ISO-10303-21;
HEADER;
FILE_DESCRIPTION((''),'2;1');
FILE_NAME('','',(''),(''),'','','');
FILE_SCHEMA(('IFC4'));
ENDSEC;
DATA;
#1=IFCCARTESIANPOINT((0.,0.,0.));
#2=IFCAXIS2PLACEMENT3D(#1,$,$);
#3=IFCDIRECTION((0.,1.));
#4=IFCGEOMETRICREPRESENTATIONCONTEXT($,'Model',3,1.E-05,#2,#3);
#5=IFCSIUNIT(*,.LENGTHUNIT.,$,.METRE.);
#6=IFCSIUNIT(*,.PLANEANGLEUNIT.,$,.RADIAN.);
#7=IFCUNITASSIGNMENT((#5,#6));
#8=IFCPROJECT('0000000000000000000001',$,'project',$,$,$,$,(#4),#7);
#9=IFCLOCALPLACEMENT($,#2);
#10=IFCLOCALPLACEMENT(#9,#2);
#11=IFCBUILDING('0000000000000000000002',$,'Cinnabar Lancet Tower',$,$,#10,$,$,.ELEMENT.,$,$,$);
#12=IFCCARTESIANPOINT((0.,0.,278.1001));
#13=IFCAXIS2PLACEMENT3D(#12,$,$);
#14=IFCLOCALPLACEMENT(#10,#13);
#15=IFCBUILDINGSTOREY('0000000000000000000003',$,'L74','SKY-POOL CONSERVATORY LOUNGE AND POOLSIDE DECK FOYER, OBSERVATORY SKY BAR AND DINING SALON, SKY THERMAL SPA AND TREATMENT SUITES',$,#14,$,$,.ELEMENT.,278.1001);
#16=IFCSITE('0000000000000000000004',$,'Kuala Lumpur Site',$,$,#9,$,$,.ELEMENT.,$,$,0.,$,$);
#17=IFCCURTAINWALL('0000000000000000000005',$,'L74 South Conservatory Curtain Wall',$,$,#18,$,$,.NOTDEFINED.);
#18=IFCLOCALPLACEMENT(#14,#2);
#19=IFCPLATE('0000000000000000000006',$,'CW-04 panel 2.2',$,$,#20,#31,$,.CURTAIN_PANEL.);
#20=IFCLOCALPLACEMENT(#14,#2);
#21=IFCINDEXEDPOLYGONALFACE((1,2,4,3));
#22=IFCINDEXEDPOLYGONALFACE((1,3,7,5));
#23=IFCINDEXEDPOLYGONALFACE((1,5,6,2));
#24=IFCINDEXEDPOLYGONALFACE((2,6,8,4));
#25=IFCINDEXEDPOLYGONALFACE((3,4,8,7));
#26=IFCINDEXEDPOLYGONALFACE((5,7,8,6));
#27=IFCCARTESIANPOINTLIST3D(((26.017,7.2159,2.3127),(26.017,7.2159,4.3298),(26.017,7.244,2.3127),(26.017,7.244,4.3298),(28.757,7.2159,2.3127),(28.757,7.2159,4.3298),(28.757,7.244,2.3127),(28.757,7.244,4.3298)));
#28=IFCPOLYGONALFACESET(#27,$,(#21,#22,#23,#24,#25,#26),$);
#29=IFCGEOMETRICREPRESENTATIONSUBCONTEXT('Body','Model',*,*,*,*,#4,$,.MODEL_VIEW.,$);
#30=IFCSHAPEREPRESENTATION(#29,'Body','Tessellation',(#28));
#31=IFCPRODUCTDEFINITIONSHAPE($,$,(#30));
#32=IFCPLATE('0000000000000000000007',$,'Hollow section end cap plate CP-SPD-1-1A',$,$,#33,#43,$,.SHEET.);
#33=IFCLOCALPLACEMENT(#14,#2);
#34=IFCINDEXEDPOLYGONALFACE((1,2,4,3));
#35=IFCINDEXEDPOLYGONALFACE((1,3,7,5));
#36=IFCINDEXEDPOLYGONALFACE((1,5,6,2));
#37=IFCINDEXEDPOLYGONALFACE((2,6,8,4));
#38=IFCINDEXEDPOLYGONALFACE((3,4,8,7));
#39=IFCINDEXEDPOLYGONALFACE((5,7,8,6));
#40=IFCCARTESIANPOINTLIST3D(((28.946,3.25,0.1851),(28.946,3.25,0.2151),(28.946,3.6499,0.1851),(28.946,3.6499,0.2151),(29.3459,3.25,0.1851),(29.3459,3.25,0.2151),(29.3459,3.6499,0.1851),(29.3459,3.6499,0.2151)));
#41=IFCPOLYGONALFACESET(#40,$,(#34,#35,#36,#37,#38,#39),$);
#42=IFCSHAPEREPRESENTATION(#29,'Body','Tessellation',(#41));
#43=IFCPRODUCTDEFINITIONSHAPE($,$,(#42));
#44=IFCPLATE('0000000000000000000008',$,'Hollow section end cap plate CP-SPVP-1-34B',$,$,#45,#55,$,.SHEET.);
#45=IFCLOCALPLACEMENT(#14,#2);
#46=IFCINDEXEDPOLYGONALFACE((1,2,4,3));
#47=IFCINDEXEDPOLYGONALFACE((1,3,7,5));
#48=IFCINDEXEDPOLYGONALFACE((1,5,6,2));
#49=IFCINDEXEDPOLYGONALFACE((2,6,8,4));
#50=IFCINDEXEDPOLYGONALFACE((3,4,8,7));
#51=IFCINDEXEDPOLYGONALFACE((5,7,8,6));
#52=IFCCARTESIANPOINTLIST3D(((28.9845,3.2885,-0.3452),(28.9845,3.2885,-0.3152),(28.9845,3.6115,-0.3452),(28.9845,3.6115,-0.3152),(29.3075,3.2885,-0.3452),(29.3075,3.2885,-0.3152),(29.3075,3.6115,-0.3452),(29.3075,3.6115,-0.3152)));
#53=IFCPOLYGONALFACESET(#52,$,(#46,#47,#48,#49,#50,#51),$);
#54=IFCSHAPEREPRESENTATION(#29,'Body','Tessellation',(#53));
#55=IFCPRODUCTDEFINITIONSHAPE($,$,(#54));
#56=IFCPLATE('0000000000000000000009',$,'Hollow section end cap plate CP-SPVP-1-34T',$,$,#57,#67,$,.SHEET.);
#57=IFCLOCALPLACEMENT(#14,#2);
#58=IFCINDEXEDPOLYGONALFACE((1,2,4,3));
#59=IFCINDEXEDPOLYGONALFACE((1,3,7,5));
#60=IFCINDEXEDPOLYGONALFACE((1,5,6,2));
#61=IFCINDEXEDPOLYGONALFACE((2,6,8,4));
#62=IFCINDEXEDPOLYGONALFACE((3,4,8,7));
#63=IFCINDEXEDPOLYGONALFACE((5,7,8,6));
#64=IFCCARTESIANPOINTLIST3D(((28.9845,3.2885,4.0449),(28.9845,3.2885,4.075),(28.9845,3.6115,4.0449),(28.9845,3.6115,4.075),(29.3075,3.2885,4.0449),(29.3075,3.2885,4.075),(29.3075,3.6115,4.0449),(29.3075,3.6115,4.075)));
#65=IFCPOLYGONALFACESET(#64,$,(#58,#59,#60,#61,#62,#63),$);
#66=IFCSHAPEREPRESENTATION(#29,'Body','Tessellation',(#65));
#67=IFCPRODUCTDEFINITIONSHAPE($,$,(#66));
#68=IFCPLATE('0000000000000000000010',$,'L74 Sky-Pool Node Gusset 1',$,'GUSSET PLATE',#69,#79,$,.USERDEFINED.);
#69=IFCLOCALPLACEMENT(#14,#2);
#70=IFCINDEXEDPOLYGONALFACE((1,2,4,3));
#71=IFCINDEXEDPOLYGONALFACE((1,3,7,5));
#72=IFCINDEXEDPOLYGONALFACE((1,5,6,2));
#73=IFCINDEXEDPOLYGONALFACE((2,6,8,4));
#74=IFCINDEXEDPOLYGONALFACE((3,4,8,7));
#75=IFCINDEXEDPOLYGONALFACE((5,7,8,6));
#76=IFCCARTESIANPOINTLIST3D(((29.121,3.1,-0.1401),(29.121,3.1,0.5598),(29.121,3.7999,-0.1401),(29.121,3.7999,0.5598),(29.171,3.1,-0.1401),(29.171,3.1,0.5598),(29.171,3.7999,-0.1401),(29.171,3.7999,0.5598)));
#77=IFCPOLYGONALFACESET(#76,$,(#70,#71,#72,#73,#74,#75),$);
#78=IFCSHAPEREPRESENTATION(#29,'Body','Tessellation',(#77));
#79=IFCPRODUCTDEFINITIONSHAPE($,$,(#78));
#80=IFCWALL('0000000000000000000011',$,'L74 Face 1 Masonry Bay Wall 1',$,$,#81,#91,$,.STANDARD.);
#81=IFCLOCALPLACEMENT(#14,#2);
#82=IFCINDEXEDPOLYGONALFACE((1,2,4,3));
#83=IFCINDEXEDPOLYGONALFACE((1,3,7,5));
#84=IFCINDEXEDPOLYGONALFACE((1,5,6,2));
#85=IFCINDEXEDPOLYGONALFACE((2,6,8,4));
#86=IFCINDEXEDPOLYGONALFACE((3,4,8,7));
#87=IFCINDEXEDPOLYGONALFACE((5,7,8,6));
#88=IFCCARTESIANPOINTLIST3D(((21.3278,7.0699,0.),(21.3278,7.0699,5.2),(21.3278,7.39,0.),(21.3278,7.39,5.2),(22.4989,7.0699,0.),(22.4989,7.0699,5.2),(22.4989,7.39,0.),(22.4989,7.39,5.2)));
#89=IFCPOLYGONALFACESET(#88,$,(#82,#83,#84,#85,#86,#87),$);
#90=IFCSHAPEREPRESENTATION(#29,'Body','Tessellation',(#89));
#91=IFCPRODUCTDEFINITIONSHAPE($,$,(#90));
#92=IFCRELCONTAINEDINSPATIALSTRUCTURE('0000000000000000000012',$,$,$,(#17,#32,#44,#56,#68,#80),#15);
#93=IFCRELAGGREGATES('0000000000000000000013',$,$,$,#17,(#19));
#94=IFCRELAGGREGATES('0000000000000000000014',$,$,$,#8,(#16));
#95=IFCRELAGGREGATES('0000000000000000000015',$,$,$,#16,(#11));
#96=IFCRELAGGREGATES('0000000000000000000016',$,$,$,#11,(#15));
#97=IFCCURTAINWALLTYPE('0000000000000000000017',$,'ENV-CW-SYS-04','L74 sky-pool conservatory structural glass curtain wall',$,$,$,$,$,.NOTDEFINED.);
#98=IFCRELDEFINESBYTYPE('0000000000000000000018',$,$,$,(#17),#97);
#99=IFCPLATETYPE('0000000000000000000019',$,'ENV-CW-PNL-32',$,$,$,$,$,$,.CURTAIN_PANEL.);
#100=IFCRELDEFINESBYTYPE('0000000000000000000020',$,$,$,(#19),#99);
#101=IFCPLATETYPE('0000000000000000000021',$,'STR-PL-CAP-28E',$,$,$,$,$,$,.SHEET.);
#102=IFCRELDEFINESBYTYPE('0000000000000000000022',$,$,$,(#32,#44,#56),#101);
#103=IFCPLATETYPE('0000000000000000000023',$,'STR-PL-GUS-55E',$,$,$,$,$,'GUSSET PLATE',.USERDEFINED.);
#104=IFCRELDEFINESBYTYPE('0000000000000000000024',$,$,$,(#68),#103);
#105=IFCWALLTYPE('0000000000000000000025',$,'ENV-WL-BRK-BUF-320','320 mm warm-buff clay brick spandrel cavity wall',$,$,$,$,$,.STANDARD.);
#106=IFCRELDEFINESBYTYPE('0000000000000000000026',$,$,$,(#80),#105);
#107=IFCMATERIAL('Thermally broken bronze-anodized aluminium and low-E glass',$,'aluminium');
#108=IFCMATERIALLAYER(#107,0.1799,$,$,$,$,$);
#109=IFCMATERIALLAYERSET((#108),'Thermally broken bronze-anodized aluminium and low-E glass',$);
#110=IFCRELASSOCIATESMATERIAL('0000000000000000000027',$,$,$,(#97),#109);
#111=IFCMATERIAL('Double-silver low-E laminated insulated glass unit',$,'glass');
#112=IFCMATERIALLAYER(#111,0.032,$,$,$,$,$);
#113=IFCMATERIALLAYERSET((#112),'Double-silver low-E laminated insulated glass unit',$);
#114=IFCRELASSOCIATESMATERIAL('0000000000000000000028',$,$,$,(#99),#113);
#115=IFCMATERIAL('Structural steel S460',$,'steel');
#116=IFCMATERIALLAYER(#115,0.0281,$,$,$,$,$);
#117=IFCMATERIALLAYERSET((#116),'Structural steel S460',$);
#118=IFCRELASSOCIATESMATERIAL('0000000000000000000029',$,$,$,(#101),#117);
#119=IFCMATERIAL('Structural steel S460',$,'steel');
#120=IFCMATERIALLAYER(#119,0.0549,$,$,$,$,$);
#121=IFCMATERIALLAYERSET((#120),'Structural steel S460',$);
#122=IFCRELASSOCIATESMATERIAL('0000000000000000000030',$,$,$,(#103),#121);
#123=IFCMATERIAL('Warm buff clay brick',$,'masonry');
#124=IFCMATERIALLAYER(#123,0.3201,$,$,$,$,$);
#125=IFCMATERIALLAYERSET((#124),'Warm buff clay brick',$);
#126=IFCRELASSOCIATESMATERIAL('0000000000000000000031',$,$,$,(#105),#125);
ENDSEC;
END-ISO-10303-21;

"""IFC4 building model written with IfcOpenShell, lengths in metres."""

from ifc_helpers import new_model, si_unit, direction, frame, frame_2d, origin, origin_2d, place, context, subcontext, project, spatial, rectangle, extrude, material, layer, layer_set, type_object, element, aggregate, save


model = new_model("IFC4")

# Units and contexts
model_context = context("Model", 3, precision=1e-05, world=origin(), true_north=direction((0.0, 1.0)))
body_context = subcontext(model_context, "Body", "Model", "MODEL_VIEW")
ifc_project = project(units=[si_unit("LENGTHUNIT", "METRE"), si_unit("PLANEANGLEUNIT", "RADIAN")], contexts=[model_context])

# Site, building, storey
site_placement = place(None, origin())
site = spatial("IfcSite", under=ifc_project, at=site_placement, Name="Kuala Lumpur Site", CompositionType="ELEMENT", RefElevation=0.0)
building_placement = place(site_placement, origin())
building = spatial("IfcBuilding", under=site, at=building_placement, Name="Cinnabar Lancet Tower", CompositionType="ELEMENT")
storey_placement = place(building_placement, frame((0.0, 0.0, 278.1001)))
storey = spatial("IfcBuildingStorey", under=building, at=storey_placement, Name="L74", Description="SKY-POOL CONSERVATORY LOUNGE AND POOLSIDE DECK FOYER, OBSERVATORY SKY BAR AND DINING SALON, SKY THERMAL SPA AND TREATMENT SUITES", CompositionType="ELEMENT", Elevation=278.1001)

# Curtain wall
ifc_material_1 = material(Name="Thermally broken bronze-anodized aluminium and low-E glass", Category="aluminium")
ifc_layer_1 = layer(ifc_material_1, 0.1799)
ifc_layer_set_1 = layer_set([ifc_layer_1], Name="Thermally broken bronze-anodized aluminium and low-E glass")
curtain_wall_type = type_object("IfcCurtainWallType", Name="ENV-CW-SYS-04", Description="L74 sky-pool conservatory structural glass curtain wall", PredefinedType="NOTDEFINED", material=ifc_layer_set_1)
curtain_wall_placement = place(storey_placement, origin())
curtain_wall = element("IfcCurtainWall", 1, at=curtain_wall_placement, inside=storey, type_object=curtain_wall_type, Name="L74 South Conservatory Curtain Wall", PredefinedType="NOTDEFINED")

# Plate
ifc_material_2 = material(Name="Double-silver low-E laminated insulated glass unit", Category="glass")
ifc_layer_2 = layer(ifc_material_2, 0.032)
ifc_layer_set_2 = layer_set([ifc_layer_2], Name="Double-silver low-E laminated insulated glass unit")
plate_type_1 = type_object("IfcPlateType", Name="ENV-CW-PNL-32", PredefinedType="CURTAIN_PANEL", material=ifc_layer_set_2)
plate_1_placement = place(storey_placement, frame((27.387, 7.23, 2.3127), z_axis=(0.0, 0.0, 1.0), x_axis=(1.0, 0.0, 0.0)))
plate_1 = element("IfcPlate", 2, at=plate_1_placement, type_object=plate_type_1, Name="CW-04 panel 2.2", PredefinedType="CURTAIN_PANEL", context=body_context, shape_type="SweptSolid", body=[
    extrude(rectangle(XDim=2.74, YDim=0.0281, at=origin_2d()), origin(), (0.0, 0.0, 1.0), 2.0171),
])
aggregate(curtain_wall, [plate_1])

# Plates
ifc_material_3 = material(Name="Structural steel S460", Category="steel")
ifc_layer_3 = layer(ifc_material_3, 0.0281)
ifc_layer_set_3 = layer_set([ifc_layer_3], Name="Structural steel S460")
plate_type_2 = type_object("IfcPlateType", Name="STR-PL-CAP-28E", PredefinedType="SHEET", material=ifc_layer_set_3)
plate_2_placement = place(storey_placement, frame((29.146, 3.45, 0.1851), z_axis=(0.0, 0.0, 1.0), x_axis=(0.0, -1.0, 0.0)))
element("IfcPlate", 3, at=plate_2_placement, inside=storey, type_object=plate_type_2, Name="Hollow section end cap plate CP-SPD-1-1A", PredefinedType="SHEET", context=body_context, shape_type="SweptSolid", body=[
    extrude(rectangle(XDim=0.3999, YDim=0.3999, at=origin_2d()), origin(), (0.0, 0.0, 1.0), 0.03),
])
for number, where, z_axis, x_axis, name in (
    (4, (29.146, 3.45, -0.3452), (0.0, 0.0, 1.0), (1.0, 0.0, 0.0), "Hollow section end cap plate CP-SPVP-1-34B"),
    (5, (29.146, 3.45, 4.0449), (0.0, 0.0, 1.0), (1.0, 0.0, 0.0), "Hollow section end cap plate CP-SPVP-1-34T"),
):
    element("IfcPlate", number, at=place(storey_placement, frame(where, z_axis=z_axis, x_axis=x_axis)), inside=storey, type_object=plate_type_2, Name=name, PredefinedType="SHEET", context=body_context, shape_type="SweptSolid", body=[
        extrude(rectangle(XDim=0.323, YDim=0.323, at=origin_2d()), origin(), (0.0, 0.0, 1.0), 0.03),
    ])
ifc_material_4 = material(Name="Structural steel S460", Category="steel")
ifc_layer_4 = layer(ifc_material_4, 0.0549)
ifc_layer_set_4 = layer_set([ifc_layer_4], Name="Structural steel S460")
plate_type_3 = type_object("IfcPlateType", Name="STR-PL-GUS-55E", ElementType="GUSSET PLATE", PredefinedType="USERDEFINED", material=ifc_layer_set_4)
plate_3_placement = place(storey_placement, frame((29.146, 3.45, -0.1401), z_axis=(0.0, 0.0, 1.0), x_axis=(1.0, 0.0, 0.0)))
element("IfcPlate", 6, at=plate_3_placement, inside=storey, type_object=plate_type_3, Name="L74 Sky-Pool Node Gusset 1", ObjectType="GUSSET PLATE", PredefinedType="USERDEFINED", context=body_context, shape_type="SweptSolid", body=[
    extrude(rectangle(XDim=0.05, YDim=0.7, at=origin_2d()), origin(), (0.0, 0.0, 1.0), 0.7),
])

# Wall
ifc_material_5 = material(Name="Warm buff clay brick", Category="masonry")
ifc_layer_5 = layer(ifc_material_5, 0.3201)
ifc_layer_set_5 = layer_set([ifc_layer_5], Name="Warm buff clay brick")
wall_type = type_object("IfcWallType", Name="ENV-WL-BRK-BUF-320", Description="320 mm warm-buff clay brick spandrel cavity wall", PredefinedType="STANDARD", material=ifc_layer_set_5)
wall_placement = place(storey_placement, frame((21.3279, 7.23, 0.0), z_axis=(0.0, 0.0, 1.0), x_axis=(1.0, 0.0, 0.0)))
element("IfcWall", 7, at=wall_placement, inside=storey, type_object=wall_type, Name="L74 Face 1 Masonry Bay Wall 1", PredefinedType="STANDARD", context=body_context, shape_type="SweptSolid", body=[
    extrude(rectangle(XDim=1.1711, YDim=0.3201, at=frame_2d((0.5854, 0.0))), origin(), (0.0, 0.0, 1.0), 5.2),
])

save(model, "model.ifc")
